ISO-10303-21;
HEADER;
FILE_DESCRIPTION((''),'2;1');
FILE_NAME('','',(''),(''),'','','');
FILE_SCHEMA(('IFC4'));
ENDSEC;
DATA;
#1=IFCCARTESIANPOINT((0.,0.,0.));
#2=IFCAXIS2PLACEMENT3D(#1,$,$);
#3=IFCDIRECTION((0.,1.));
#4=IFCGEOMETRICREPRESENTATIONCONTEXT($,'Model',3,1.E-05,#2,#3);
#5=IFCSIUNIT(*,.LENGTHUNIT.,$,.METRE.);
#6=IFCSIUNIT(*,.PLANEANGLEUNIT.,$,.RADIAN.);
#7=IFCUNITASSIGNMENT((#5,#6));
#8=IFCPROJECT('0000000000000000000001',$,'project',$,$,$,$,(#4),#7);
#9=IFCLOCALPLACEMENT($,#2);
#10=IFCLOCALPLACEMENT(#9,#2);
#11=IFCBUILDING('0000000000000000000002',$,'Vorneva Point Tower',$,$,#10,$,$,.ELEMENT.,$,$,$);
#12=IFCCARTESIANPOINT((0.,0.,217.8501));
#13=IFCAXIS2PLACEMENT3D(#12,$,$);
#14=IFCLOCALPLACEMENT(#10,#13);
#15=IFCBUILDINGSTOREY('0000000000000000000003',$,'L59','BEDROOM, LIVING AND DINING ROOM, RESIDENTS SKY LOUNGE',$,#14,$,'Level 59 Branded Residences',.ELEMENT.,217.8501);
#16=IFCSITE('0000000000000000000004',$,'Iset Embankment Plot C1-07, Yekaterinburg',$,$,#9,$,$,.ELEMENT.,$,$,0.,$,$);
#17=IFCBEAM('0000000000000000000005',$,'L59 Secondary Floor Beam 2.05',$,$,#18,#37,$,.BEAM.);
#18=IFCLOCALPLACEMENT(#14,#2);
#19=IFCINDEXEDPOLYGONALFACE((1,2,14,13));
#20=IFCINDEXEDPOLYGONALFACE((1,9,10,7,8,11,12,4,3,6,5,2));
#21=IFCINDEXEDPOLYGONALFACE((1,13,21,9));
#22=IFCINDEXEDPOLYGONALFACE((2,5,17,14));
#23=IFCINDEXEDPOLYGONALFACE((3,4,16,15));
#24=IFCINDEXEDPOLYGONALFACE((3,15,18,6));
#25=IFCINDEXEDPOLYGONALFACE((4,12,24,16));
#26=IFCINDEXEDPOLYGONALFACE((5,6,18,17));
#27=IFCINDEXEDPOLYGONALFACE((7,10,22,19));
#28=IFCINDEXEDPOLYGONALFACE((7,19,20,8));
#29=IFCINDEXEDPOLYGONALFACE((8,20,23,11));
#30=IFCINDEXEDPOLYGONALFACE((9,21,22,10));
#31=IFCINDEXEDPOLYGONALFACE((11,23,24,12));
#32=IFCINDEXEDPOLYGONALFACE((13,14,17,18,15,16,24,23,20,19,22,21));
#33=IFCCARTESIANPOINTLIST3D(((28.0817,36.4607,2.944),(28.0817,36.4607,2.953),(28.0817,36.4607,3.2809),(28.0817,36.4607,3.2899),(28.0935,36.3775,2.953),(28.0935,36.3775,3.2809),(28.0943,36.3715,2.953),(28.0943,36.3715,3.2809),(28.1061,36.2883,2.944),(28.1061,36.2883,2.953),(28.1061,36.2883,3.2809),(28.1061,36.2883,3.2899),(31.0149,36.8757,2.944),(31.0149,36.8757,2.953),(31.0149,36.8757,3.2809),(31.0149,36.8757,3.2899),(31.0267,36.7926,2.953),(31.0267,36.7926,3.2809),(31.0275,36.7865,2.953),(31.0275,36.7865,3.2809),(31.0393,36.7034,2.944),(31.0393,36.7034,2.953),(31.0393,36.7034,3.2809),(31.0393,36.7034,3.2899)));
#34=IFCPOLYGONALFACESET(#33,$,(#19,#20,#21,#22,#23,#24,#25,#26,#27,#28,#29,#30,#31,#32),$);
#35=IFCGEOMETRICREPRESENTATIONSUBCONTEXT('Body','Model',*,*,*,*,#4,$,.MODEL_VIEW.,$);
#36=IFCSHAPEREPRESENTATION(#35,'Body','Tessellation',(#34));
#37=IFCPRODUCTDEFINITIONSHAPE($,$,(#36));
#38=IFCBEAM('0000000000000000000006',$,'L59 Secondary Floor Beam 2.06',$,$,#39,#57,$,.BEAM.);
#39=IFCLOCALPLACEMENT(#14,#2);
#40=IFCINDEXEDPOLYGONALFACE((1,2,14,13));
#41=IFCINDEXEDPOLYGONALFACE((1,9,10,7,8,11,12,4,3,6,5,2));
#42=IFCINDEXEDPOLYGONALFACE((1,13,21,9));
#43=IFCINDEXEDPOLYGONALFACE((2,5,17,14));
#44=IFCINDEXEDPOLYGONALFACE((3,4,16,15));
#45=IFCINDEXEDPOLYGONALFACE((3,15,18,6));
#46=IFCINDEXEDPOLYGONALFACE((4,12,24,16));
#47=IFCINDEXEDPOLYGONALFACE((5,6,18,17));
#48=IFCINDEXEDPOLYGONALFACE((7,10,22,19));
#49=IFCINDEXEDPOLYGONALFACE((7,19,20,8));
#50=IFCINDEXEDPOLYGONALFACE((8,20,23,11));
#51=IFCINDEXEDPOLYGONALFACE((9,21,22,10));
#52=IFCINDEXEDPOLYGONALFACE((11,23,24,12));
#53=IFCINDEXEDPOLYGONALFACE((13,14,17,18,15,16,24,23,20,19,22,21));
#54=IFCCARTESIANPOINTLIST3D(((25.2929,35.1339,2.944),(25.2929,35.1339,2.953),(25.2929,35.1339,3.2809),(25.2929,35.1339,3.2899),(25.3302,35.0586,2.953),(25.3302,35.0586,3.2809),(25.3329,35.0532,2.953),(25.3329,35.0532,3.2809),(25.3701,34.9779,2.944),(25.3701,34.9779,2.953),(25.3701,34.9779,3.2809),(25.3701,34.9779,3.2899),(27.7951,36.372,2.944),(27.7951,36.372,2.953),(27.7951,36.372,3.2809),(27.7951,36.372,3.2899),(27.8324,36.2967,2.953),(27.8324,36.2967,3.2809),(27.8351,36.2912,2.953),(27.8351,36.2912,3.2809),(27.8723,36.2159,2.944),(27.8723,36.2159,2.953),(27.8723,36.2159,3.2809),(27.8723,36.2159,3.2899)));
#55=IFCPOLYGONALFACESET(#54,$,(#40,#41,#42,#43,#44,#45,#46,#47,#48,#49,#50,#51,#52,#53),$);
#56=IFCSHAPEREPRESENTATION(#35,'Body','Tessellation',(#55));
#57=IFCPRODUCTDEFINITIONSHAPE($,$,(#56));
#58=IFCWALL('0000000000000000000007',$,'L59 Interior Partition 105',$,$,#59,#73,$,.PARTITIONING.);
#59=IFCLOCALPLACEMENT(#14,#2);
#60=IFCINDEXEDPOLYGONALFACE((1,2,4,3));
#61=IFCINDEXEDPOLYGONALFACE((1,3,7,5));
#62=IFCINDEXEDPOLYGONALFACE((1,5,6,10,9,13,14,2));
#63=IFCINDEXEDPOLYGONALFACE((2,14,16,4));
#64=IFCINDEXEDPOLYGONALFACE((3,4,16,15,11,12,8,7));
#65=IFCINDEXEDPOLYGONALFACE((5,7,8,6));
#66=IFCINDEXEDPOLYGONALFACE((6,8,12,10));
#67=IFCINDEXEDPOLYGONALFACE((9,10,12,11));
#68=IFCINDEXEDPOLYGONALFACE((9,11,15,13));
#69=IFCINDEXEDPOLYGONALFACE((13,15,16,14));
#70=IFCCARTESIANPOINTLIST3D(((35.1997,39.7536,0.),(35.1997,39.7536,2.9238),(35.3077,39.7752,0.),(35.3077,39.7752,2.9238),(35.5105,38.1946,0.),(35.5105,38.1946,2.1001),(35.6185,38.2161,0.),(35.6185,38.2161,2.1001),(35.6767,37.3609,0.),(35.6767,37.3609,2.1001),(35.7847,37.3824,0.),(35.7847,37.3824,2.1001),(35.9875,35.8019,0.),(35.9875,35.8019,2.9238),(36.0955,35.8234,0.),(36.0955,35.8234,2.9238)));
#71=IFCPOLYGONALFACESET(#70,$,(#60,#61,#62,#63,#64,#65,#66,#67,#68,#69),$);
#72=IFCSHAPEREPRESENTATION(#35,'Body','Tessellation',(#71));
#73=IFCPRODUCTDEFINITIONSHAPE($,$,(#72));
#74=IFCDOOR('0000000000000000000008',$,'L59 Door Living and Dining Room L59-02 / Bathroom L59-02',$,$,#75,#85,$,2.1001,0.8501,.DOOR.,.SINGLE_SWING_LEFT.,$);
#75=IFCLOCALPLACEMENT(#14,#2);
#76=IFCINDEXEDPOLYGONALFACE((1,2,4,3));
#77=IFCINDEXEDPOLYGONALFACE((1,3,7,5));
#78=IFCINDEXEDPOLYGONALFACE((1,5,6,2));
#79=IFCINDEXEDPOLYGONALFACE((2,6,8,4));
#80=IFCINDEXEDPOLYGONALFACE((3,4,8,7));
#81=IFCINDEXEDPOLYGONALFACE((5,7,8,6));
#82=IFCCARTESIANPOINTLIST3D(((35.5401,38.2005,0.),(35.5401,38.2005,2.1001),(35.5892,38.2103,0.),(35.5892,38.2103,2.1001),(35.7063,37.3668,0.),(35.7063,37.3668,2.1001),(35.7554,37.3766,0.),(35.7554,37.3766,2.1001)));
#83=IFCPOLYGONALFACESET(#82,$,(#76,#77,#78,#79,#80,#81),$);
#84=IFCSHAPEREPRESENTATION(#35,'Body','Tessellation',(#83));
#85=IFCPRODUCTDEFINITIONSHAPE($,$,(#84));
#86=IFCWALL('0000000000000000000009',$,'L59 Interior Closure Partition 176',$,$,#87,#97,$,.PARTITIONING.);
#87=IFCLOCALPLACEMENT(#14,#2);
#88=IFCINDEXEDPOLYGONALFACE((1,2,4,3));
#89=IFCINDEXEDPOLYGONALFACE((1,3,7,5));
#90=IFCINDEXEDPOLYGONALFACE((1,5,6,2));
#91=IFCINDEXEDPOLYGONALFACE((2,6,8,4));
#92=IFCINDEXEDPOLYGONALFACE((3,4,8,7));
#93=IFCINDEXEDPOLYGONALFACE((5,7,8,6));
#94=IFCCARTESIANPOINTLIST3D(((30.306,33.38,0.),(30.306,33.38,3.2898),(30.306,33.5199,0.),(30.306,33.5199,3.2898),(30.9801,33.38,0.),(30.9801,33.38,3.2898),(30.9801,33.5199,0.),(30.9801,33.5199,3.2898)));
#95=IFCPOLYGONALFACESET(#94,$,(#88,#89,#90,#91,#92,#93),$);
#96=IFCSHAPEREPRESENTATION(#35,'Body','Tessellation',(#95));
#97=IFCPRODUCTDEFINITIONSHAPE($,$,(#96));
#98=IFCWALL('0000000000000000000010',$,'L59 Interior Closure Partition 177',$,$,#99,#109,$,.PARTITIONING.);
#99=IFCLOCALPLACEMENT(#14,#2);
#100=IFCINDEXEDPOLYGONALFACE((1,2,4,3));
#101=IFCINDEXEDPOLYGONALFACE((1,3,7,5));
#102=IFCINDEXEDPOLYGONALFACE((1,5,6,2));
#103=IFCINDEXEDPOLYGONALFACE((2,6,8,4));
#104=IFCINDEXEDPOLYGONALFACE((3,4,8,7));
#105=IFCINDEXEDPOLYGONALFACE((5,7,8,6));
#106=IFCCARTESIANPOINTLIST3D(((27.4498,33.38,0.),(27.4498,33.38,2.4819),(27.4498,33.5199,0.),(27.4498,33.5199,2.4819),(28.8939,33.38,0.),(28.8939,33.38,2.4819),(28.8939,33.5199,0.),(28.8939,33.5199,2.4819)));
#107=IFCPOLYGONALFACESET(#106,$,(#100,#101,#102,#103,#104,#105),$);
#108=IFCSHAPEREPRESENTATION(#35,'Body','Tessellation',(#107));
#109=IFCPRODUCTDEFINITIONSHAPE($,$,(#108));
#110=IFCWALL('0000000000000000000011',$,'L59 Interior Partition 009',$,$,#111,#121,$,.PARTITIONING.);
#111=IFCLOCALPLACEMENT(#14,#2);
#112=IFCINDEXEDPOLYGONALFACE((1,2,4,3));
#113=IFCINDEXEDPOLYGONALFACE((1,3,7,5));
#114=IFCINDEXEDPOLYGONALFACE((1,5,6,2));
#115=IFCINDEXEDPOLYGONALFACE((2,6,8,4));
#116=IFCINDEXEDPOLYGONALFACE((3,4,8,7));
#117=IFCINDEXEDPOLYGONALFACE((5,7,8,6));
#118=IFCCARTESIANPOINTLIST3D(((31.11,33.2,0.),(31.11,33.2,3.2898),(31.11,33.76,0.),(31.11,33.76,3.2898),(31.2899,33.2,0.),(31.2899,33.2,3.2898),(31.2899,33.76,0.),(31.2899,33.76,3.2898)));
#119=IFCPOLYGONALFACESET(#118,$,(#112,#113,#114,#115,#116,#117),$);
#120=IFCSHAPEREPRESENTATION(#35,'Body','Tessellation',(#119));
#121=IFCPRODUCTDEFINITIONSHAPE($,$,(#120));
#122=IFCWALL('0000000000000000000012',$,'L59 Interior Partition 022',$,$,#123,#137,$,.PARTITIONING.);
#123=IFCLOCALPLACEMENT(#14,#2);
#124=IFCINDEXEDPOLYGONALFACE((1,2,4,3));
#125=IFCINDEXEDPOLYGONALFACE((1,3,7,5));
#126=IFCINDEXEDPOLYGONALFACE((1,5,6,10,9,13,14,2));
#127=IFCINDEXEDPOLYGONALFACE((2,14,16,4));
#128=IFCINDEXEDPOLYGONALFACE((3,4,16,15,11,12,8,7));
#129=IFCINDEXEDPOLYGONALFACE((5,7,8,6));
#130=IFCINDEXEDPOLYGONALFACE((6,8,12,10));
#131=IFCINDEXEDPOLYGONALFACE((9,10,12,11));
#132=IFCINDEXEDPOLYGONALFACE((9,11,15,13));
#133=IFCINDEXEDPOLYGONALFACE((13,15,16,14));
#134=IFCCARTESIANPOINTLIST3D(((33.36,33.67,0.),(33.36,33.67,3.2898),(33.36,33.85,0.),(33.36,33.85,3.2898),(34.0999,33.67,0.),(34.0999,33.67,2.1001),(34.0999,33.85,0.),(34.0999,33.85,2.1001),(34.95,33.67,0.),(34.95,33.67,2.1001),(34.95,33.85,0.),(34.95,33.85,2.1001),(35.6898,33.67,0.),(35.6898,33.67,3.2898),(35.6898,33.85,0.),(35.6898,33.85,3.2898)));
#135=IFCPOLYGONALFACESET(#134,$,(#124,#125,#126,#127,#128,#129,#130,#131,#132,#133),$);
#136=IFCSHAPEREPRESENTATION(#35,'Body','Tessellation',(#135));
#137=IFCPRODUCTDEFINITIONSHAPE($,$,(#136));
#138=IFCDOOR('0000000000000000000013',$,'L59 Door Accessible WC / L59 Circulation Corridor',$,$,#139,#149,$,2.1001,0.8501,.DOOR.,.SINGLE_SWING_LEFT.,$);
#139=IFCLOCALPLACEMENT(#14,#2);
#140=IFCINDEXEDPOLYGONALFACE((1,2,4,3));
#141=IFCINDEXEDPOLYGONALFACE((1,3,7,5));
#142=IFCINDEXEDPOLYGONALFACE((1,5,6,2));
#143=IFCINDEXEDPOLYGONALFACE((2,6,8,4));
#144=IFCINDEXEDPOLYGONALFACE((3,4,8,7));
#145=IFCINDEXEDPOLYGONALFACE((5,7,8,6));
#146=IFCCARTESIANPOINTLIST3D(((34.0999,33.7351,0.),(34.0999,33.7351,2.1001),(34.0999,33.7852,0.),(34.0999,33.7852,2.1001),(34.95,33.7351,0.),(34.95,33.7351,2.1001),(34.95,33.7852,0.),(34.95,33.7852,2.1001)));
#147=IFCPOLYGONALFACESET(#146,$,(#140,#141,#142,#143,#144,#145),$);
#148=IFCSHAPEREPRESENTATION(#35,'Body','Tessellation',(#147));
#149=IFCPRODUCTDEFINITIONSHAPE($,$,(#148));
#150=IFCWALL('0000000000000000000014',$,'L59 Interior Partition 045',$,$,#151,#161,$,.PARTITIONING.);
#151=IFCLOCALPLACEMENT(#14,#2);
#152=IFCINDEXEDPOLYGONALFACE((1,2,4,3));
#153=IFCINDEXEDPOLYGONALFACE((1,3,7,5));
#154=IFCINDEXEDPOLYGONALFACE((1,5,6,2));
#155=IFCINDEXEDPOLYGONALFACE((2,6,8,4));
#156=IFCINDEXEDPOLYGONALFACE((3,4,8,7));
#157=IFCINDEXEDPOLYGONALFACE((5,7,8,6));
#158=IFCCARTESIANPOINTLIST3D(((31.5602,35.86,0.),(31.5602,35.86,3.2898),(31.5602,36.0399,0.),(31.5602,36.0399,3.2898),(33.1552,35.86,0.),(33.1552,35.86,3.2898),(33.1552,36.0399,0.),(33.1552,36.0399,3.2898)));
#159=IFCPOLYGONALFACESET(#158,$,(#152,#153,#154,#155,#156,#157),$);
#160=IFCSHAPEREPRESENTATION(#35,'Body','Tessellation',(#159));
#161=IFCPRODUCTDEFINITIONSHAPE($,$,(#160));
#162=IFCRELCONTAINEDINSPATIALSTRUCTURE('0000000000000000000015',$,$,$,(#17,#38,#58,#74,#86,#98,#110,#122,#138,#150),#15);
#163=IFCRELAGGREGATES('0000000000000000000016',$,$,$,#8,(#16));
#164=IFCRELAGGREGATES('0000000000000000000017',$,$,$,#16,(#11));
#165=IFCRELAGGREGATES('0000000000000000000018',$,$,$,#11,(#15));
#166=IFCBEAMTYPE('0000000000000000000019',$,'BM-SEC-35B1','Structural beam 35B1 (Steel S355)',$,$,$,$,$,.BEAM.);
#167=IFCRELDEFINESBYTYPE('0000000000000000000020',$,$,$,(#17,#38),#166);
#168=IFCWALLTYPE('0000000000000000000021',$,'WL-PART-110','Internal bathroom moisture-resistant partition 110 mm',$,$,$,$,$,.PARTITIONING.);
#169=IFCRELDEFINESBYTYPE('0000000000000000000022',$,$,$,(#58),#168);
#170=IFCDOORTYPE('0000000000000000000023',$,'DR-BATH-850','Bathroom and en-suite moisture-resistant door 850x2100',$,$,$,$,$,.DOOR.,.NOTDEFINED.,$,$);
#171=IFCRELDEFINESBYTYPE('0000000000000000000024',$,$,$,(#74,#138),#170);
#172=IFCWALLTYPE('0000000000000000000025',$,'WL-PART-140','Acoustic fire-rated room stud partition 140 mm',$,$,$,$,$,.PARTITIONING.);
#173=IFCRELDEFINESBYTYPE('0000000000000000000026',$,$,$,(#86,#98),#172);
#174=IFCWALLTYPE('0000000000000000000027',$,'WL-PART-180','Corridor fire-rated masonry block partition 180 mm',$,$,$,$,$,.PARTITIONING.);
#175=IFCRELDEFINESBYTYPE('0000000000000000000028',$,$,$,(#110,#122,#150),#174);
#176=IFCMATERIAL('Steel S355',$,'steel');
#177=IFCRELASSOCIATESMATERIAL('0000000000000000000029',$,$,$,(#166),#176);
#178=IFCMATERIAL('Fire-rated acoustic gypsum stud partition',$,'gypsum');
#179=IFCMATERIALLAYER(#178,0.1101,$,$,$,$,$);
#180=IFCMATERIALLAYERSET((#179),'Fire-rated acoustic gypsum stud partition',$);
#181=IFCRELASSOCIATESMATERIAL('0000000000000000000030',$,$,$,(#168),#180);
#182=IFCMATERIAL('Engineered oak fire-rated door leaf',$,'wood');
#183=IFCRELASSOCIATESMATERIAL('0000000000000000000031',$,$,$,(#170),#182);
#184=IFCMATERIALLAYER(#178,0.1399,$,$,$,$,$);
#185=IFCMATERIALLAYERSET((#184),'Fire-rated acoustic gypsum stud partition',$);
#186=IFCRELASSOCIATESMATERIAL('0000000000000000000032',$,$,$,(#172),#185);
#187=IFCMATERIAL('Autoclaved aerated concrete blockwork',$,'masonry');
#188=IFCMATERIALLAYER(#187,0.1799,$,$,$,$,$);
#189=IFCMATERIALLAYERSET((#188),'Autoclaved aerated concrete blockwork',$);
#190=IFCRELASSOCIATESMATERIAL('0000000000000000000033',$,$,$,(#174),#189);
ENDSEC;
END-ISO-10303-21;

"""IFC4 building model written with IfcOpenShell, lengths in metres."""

from ifc_helpers import new_model, si_unit, direction, frame, frame_2d, origin, origin_2d, place, context, subcontext, project, spatial, rectangle, i_section, extrude, material, layer, layer_set, material_profile, profile_set, type_object, element, fill, save


model = new_model("IFC4")

# Units and contexts
model_context = context("Model", 3, precision=1e-05, world=origin(), true_north=direction((0.0, 1.0)))
body_context = subcontext(model_context, "Body", "Model", "MODEL_VIEW")
ifc_project = project(units=[si_unit("LENGTHUNIT", "METRE"), si_unit("PLANEANGLEUNIT", "RADIAN")], contexts=[model_context])

# Site, building, storey
site_placement = place(None, origin())
site = spatial("IfcSite", under=ifc_project, at=site_placement, Name="Iset Embankment Plot C1-07, Yekaterinburg", CompositionType="ELEMENT", RefElevation=0.0)
building_placement = place(site_placement, origin())
building = spatial("IfcBuilding", under=site, at=building_placement, Name="Vorneva Point Tower", CompositionType="ELEMENT")
storey_placement = place(building_placement, frame((0.0, 0.0, 217.8501)))
storey = spatial("IfcBuildingStorey", under=building, at=storey_placement, Name="L59", Description="BEDROOM, LIVING AND DINING ROOM, RESIDENTS SKY LOUNGE", LongName="Level 59 Branded Residences", CompositionType="ELEMENT", Elevation=217.8501)

# Beams
ifc_material_1 = material(Name="Steel S355", Category="steel")
ifc_material_profile = material_profile(ifc_material_1, i_section(OverallWidth=0.1741, OverallDepth=0.3459, WebThickness=0.0061, FlangeThickness=0.009, at=origin_2d()), Name="35B1")
ifc_profile_set = profile_set([ifc_material_profile], Name="Steel S355")
beam_type = type_object("IfcBeamType", Name="BM-SEC-35B1", Description="Structural beam 35B1 (Steel S355)", PredefinedType="BEAM", material=ifc_profile_set)
beam_1_placement = place(storey_placement, frame((31.0271, 36.7896, 3.1169), z_axis=(-0.990137, -0.140106, 0.0), x_axis=(0.140106, -0.990137, 0.0)))
element("IfcBeam", 1, at=beam_1_placement, inside=storey, type_object=beam_type, Name="L59 Secondary Floor Beam 2.05", PredefinedType="BEAM", context=body_context, shape_type="SweptSolid", body=[
    extrude(i_section(OverallWidth=0.1741, OverallDepth=0.3459, WebThickness=0.0061, FlangeThickness=0.009, at=origin_2d()), origin(), (0.0, 0.0, 1.0), 2.9624),
])
beam_2_placement = place(storey_placement, frame((27.8337, 36.2939, 3.1169), z_axis=(-0.896291, -0.443467, 0.0), x_axis=(0.443467, -0.896291, 0.0)))
element("IfcBeam", 2, at=beam_2_placement, inside=storey, type_object=beam_type, Name="L59 Secondary Floor Beam 2.06", PredefinedType="BEAM", context=body_context, shape_type="SweptSolid", body=[
    extrude(i_section(OverallWidth=0.1741, OverallDepth=0.3459, WebThickness=0.0061, FlangeThickness=0.009, at=origin_2d()), origin(), (0.0, 0.0, 1.0), 2.7917),
])

# Wall, opening, door
ifc_material_2 = material(Name="Fire-rated acoustic gypsum stud partition", Category="gypsum")
ifc_layer_1 = layer(ifc_material_2, 0.1101)
ifc_layer_set_1 = layer_set([ifc_layer_1], Name="Fire-rated acoustic gypsum stud partition")
wall_type_1 = type_object("IfcWallType", Name="WL-PART-110", Description="Internal bathroom moisture-resistant partition 110 mm", PredefinedType="PARTITIONING", material=ifc_layer_set_1)
wall_1_placement = place(storey_placement, frame((36.0415, 35.8127, 0.0), z_axis=(0.0, 0.0, 1.0), x_axis=(-0.195522, 0.980699, 0.0)))
wall_1 = element("IfcWall", 3, at=wall_1_placement, inside=storey, type_object=wall_type_1, Name="L59 Interior Partition 105", PredefinedType="PARTITIONING", context=body_context, shape_type="SweptSolid", body=[
    extrude(rectangle(XDim=4.0295, YDim=0.1101, at=frame_2d((2.0146, 0.0))), origin(), (0.0, 0.0, 1.0), 2.9238),
])
opening_1_placement = place(wall_1_placement, frame((1.5896, 0.0, 0.0)))
opening_1 = element("IfcOpeningElement", 4, at=opening_1_placement, cuts=wall_1, PredefinedType="OPENING", context=body_context, shape_type="SweptSolid", body=[
    extrude(rectangle(XDim=0.8501, YDim=2.1001, at=frame_2d((0.425, 1.05))), frame((0.0, 0.0698, 0.0), z_axis=(0.0, -1.0, 0.0), x_axis=(1.0, 0.0, 0.0)), (0.0, 0.0, 1.0), 0.1399),
])
ifc_material_3 = material(Name="Engineered oak fire-rated door leaf", Category="wood")
door_type_1 = type_object("IfcDoorType", Name="DR-BATH-850", Description="Bathroom and en-suite moisture-resistant door 850x2100", OperationType="NOTDEFINED", PredefinedType="DOOR", material=ifc_material_3)
door_1_placement = place(opening_1_placement, origin())
door_1 = element("IfcDoor", 5, at=door_1_placement, inside=storey, type_object=door_type_1, Name="L59 Door Living and Dining Room L59-02 / Bathroom L59-02", OperationType="SINGLE_SWING_LEFT", OverallHeight=2.1001, OverallWidth=0.8501, PredefinedType="DOOR", context=body_context, shape_type="SweptSolid", body=[
    extrude(rectangle(XDim=0.8501, YDim=2.1001, at=frame_2d((0.425, 1.05))), frame((0.0, 0.0249, 0.0), z_axis=(0.0, -1.0, 0.0), x_axis=(1.0, 0.0, 0.0)), (0.0, 0.0, 1.0), 0.05),
])
fill(opening_1, door_1)

# Walls
ifc_layer_2 = layer(ifc_material_2, 0.1399)
ifc_layer_set_2 = layer_set([ifc_layer_2], Name="Fire-rated acoustic gypsum stud partition")
wall_type_2 = type_object("IfcWallType", Name="WL-PART-140", Description="Acoustic fire-rated room stud partition 140 mm", PredefinedType="PARTITIONING", material=ifc_layer_set_2)
wall_2_placement = place(storey_placement, frame((30.98, 33.45, 0.0), z_axis=(0.0, 0.0, 1.0), x_axis=(-1.0, 0.0, 0.0)))
element("IfcWall", 6, at=wall_2_placement, inside=storey, type_object=wall_type_2, Name="L59 Interior Closure Partition 176", PredefinedType="PARTITIONING", context=body_context, shape_type="SweptSolid", body=[
    extrude(rectangle(XDim=0.6741, YDim=0.1399, at=frame_2d((0.3369, 0.0))), origin(), (0.0, 0.0, 1.0), 3.2898),
])
wall_3_placement = place(storey_placement, frame((28.894, 33.45, 0.0), z_axis=(0.0, 0.0, 1.0), x_axis=(-1.0, 0.0, 0.0)))
element("IfcWall", 7, at=wall_3_placement, inside=storey, type_object=wall_type_2, Name="L59 Interior Closure Partition 177", PredefinedType="PARTITIONING", context=body_context, shape_type="SweptSolid", body=[
    extrude(rectangle(XDim=1.4441, YDim=0.1399, at=frame_2d((0.7222, 0.0))), origin(), (0.0, 0.0, 1.0), 2.4819),
])

# Shared definitions
ifc_material_4 = material(Name="Autoclaved aerated concrete blockwork", Category="masonry")
ifc_layer_3 = layer(ifc_material_4, 0.1799)
ifc_layer_set_3 = layer_set([ifc_layer_3], Name="Autoclaved aerated concrete blockwork")
wall_type_3 = type_object("IfcWallType", Name="WL-PART-180", Description="Corridor fire-rated masonry block partition 180 mm", PredefinedType="PARTITIONING", material=ifc_layer_set_3)

# Wall
wall_4_placement = place(storey_placement, frame((31.2, 33.76, 0.0), z_axis=(0.0, 0.0, 1.0), x_axis=(0.0, -1.0, 0.0)))
element("IfcWall", 8, at=wall_4_placement, inside=storey, type_object=wall_type_3, Name="L59 Interior Partition 009", PredefinedType="PARTITIONING", context=body_context, shape_type="SweptSolid", body=[
    extrude(rectangle(XDim=0.5601, YDim=0.1799, at=frame_2d((0.28, 0.0))), origin(), (0.0, 0.0, 1.0), 3.2898),
])

# Wall, opening, door
wall_5_placement = place(storey_placement, frame((35.6899, 33.76, 0.0), z_axis=(0.0, 0.0, 1.0), x_axis=(-1.0, 0.0, 0.0)))
wall_5 = element("IfcWall", 9, at=wall_5_placement, inside=storey, type_object=wall_type_3, Name="L59 Interior Partition 022", PredefinedType="PARTITIONING", context=body_context, shape_type="SweptSolid", body=[
    extrude(rectangle(XDim=2.3298, YDim=0.1799, at=frame_2d((1.165, 0.0))), origin(), (0.0, 0.0, 1.0), 3.2898),
])
opening_2_placement = place(wall_5_placement, frame((0.74, 0.0, 0.0)))
opening_2 = element("IfcOpeningElement", 10, at=opening_2_placement, cuts=wall_5, PredefinedType="OPENING", context=body_context, shape_type="SweptSolid", body=[
    extrude(rectangle(XDim=0.8501, YDim=2.1001, at=frame_2d((0.425, 1.05))), frame((0.0, 0.105, 0.0), z_axis=(0.0, -1.0, 0.0), x_axis=(1.0, 0.0, 0.0)), (0.0, 0.0, 1.0), 0.2097),
])
door_2_placement = place(opening_2_placement, origin())
door_2 = element("IfcDoor", 11, at=door_2_placement, inside=storey, type_object=door_type_1, Name="L59 Door Accessible WC / L59 Circulation Corridor", OperationType="SINGLE_SWING_LEFT", OverallHeight=2.1001, OverallWidth=0.8501, PredefinedType="DOOR", context=body_context, shape_type="SweptSolid", body=[
    extrude(rectangle(XDim=0.8501, YDim=2.1001, at=frame_2d((0.425, 1.05))), frame((0.0, 0.0249, 0.0), z_axis=(0.0, -1.0, 0.0), x_axis=(1.0, 0.0, 0.0)), (0.0, 0.0, 1.0), 0.05),
])
fill(opening_2, door_2)

# Wall
wall_6_placement = place(storey_placement, frame((33.155, 35.95, 0.0), z_axis=(0.0, 0.0, 1.0), x_axis=(-1.0, 0.0, 0.0)))
element("IfcWall", 12, at=wall_6_placement, inside=storey, type_object=wall_type_3, Name="L59 Interior Partition 045", PredefinedType="PARTITIONING", context=body_context, shape_type="SweptSolid", body=[
    extrude(rectangle(XDim=1.595, YDim=0.1799, at=frame_2d((0.7974, 0.0))), origin(), (0.0, 0.0, 1.0), 3.2898),
])

save(model, "model.ifc")
